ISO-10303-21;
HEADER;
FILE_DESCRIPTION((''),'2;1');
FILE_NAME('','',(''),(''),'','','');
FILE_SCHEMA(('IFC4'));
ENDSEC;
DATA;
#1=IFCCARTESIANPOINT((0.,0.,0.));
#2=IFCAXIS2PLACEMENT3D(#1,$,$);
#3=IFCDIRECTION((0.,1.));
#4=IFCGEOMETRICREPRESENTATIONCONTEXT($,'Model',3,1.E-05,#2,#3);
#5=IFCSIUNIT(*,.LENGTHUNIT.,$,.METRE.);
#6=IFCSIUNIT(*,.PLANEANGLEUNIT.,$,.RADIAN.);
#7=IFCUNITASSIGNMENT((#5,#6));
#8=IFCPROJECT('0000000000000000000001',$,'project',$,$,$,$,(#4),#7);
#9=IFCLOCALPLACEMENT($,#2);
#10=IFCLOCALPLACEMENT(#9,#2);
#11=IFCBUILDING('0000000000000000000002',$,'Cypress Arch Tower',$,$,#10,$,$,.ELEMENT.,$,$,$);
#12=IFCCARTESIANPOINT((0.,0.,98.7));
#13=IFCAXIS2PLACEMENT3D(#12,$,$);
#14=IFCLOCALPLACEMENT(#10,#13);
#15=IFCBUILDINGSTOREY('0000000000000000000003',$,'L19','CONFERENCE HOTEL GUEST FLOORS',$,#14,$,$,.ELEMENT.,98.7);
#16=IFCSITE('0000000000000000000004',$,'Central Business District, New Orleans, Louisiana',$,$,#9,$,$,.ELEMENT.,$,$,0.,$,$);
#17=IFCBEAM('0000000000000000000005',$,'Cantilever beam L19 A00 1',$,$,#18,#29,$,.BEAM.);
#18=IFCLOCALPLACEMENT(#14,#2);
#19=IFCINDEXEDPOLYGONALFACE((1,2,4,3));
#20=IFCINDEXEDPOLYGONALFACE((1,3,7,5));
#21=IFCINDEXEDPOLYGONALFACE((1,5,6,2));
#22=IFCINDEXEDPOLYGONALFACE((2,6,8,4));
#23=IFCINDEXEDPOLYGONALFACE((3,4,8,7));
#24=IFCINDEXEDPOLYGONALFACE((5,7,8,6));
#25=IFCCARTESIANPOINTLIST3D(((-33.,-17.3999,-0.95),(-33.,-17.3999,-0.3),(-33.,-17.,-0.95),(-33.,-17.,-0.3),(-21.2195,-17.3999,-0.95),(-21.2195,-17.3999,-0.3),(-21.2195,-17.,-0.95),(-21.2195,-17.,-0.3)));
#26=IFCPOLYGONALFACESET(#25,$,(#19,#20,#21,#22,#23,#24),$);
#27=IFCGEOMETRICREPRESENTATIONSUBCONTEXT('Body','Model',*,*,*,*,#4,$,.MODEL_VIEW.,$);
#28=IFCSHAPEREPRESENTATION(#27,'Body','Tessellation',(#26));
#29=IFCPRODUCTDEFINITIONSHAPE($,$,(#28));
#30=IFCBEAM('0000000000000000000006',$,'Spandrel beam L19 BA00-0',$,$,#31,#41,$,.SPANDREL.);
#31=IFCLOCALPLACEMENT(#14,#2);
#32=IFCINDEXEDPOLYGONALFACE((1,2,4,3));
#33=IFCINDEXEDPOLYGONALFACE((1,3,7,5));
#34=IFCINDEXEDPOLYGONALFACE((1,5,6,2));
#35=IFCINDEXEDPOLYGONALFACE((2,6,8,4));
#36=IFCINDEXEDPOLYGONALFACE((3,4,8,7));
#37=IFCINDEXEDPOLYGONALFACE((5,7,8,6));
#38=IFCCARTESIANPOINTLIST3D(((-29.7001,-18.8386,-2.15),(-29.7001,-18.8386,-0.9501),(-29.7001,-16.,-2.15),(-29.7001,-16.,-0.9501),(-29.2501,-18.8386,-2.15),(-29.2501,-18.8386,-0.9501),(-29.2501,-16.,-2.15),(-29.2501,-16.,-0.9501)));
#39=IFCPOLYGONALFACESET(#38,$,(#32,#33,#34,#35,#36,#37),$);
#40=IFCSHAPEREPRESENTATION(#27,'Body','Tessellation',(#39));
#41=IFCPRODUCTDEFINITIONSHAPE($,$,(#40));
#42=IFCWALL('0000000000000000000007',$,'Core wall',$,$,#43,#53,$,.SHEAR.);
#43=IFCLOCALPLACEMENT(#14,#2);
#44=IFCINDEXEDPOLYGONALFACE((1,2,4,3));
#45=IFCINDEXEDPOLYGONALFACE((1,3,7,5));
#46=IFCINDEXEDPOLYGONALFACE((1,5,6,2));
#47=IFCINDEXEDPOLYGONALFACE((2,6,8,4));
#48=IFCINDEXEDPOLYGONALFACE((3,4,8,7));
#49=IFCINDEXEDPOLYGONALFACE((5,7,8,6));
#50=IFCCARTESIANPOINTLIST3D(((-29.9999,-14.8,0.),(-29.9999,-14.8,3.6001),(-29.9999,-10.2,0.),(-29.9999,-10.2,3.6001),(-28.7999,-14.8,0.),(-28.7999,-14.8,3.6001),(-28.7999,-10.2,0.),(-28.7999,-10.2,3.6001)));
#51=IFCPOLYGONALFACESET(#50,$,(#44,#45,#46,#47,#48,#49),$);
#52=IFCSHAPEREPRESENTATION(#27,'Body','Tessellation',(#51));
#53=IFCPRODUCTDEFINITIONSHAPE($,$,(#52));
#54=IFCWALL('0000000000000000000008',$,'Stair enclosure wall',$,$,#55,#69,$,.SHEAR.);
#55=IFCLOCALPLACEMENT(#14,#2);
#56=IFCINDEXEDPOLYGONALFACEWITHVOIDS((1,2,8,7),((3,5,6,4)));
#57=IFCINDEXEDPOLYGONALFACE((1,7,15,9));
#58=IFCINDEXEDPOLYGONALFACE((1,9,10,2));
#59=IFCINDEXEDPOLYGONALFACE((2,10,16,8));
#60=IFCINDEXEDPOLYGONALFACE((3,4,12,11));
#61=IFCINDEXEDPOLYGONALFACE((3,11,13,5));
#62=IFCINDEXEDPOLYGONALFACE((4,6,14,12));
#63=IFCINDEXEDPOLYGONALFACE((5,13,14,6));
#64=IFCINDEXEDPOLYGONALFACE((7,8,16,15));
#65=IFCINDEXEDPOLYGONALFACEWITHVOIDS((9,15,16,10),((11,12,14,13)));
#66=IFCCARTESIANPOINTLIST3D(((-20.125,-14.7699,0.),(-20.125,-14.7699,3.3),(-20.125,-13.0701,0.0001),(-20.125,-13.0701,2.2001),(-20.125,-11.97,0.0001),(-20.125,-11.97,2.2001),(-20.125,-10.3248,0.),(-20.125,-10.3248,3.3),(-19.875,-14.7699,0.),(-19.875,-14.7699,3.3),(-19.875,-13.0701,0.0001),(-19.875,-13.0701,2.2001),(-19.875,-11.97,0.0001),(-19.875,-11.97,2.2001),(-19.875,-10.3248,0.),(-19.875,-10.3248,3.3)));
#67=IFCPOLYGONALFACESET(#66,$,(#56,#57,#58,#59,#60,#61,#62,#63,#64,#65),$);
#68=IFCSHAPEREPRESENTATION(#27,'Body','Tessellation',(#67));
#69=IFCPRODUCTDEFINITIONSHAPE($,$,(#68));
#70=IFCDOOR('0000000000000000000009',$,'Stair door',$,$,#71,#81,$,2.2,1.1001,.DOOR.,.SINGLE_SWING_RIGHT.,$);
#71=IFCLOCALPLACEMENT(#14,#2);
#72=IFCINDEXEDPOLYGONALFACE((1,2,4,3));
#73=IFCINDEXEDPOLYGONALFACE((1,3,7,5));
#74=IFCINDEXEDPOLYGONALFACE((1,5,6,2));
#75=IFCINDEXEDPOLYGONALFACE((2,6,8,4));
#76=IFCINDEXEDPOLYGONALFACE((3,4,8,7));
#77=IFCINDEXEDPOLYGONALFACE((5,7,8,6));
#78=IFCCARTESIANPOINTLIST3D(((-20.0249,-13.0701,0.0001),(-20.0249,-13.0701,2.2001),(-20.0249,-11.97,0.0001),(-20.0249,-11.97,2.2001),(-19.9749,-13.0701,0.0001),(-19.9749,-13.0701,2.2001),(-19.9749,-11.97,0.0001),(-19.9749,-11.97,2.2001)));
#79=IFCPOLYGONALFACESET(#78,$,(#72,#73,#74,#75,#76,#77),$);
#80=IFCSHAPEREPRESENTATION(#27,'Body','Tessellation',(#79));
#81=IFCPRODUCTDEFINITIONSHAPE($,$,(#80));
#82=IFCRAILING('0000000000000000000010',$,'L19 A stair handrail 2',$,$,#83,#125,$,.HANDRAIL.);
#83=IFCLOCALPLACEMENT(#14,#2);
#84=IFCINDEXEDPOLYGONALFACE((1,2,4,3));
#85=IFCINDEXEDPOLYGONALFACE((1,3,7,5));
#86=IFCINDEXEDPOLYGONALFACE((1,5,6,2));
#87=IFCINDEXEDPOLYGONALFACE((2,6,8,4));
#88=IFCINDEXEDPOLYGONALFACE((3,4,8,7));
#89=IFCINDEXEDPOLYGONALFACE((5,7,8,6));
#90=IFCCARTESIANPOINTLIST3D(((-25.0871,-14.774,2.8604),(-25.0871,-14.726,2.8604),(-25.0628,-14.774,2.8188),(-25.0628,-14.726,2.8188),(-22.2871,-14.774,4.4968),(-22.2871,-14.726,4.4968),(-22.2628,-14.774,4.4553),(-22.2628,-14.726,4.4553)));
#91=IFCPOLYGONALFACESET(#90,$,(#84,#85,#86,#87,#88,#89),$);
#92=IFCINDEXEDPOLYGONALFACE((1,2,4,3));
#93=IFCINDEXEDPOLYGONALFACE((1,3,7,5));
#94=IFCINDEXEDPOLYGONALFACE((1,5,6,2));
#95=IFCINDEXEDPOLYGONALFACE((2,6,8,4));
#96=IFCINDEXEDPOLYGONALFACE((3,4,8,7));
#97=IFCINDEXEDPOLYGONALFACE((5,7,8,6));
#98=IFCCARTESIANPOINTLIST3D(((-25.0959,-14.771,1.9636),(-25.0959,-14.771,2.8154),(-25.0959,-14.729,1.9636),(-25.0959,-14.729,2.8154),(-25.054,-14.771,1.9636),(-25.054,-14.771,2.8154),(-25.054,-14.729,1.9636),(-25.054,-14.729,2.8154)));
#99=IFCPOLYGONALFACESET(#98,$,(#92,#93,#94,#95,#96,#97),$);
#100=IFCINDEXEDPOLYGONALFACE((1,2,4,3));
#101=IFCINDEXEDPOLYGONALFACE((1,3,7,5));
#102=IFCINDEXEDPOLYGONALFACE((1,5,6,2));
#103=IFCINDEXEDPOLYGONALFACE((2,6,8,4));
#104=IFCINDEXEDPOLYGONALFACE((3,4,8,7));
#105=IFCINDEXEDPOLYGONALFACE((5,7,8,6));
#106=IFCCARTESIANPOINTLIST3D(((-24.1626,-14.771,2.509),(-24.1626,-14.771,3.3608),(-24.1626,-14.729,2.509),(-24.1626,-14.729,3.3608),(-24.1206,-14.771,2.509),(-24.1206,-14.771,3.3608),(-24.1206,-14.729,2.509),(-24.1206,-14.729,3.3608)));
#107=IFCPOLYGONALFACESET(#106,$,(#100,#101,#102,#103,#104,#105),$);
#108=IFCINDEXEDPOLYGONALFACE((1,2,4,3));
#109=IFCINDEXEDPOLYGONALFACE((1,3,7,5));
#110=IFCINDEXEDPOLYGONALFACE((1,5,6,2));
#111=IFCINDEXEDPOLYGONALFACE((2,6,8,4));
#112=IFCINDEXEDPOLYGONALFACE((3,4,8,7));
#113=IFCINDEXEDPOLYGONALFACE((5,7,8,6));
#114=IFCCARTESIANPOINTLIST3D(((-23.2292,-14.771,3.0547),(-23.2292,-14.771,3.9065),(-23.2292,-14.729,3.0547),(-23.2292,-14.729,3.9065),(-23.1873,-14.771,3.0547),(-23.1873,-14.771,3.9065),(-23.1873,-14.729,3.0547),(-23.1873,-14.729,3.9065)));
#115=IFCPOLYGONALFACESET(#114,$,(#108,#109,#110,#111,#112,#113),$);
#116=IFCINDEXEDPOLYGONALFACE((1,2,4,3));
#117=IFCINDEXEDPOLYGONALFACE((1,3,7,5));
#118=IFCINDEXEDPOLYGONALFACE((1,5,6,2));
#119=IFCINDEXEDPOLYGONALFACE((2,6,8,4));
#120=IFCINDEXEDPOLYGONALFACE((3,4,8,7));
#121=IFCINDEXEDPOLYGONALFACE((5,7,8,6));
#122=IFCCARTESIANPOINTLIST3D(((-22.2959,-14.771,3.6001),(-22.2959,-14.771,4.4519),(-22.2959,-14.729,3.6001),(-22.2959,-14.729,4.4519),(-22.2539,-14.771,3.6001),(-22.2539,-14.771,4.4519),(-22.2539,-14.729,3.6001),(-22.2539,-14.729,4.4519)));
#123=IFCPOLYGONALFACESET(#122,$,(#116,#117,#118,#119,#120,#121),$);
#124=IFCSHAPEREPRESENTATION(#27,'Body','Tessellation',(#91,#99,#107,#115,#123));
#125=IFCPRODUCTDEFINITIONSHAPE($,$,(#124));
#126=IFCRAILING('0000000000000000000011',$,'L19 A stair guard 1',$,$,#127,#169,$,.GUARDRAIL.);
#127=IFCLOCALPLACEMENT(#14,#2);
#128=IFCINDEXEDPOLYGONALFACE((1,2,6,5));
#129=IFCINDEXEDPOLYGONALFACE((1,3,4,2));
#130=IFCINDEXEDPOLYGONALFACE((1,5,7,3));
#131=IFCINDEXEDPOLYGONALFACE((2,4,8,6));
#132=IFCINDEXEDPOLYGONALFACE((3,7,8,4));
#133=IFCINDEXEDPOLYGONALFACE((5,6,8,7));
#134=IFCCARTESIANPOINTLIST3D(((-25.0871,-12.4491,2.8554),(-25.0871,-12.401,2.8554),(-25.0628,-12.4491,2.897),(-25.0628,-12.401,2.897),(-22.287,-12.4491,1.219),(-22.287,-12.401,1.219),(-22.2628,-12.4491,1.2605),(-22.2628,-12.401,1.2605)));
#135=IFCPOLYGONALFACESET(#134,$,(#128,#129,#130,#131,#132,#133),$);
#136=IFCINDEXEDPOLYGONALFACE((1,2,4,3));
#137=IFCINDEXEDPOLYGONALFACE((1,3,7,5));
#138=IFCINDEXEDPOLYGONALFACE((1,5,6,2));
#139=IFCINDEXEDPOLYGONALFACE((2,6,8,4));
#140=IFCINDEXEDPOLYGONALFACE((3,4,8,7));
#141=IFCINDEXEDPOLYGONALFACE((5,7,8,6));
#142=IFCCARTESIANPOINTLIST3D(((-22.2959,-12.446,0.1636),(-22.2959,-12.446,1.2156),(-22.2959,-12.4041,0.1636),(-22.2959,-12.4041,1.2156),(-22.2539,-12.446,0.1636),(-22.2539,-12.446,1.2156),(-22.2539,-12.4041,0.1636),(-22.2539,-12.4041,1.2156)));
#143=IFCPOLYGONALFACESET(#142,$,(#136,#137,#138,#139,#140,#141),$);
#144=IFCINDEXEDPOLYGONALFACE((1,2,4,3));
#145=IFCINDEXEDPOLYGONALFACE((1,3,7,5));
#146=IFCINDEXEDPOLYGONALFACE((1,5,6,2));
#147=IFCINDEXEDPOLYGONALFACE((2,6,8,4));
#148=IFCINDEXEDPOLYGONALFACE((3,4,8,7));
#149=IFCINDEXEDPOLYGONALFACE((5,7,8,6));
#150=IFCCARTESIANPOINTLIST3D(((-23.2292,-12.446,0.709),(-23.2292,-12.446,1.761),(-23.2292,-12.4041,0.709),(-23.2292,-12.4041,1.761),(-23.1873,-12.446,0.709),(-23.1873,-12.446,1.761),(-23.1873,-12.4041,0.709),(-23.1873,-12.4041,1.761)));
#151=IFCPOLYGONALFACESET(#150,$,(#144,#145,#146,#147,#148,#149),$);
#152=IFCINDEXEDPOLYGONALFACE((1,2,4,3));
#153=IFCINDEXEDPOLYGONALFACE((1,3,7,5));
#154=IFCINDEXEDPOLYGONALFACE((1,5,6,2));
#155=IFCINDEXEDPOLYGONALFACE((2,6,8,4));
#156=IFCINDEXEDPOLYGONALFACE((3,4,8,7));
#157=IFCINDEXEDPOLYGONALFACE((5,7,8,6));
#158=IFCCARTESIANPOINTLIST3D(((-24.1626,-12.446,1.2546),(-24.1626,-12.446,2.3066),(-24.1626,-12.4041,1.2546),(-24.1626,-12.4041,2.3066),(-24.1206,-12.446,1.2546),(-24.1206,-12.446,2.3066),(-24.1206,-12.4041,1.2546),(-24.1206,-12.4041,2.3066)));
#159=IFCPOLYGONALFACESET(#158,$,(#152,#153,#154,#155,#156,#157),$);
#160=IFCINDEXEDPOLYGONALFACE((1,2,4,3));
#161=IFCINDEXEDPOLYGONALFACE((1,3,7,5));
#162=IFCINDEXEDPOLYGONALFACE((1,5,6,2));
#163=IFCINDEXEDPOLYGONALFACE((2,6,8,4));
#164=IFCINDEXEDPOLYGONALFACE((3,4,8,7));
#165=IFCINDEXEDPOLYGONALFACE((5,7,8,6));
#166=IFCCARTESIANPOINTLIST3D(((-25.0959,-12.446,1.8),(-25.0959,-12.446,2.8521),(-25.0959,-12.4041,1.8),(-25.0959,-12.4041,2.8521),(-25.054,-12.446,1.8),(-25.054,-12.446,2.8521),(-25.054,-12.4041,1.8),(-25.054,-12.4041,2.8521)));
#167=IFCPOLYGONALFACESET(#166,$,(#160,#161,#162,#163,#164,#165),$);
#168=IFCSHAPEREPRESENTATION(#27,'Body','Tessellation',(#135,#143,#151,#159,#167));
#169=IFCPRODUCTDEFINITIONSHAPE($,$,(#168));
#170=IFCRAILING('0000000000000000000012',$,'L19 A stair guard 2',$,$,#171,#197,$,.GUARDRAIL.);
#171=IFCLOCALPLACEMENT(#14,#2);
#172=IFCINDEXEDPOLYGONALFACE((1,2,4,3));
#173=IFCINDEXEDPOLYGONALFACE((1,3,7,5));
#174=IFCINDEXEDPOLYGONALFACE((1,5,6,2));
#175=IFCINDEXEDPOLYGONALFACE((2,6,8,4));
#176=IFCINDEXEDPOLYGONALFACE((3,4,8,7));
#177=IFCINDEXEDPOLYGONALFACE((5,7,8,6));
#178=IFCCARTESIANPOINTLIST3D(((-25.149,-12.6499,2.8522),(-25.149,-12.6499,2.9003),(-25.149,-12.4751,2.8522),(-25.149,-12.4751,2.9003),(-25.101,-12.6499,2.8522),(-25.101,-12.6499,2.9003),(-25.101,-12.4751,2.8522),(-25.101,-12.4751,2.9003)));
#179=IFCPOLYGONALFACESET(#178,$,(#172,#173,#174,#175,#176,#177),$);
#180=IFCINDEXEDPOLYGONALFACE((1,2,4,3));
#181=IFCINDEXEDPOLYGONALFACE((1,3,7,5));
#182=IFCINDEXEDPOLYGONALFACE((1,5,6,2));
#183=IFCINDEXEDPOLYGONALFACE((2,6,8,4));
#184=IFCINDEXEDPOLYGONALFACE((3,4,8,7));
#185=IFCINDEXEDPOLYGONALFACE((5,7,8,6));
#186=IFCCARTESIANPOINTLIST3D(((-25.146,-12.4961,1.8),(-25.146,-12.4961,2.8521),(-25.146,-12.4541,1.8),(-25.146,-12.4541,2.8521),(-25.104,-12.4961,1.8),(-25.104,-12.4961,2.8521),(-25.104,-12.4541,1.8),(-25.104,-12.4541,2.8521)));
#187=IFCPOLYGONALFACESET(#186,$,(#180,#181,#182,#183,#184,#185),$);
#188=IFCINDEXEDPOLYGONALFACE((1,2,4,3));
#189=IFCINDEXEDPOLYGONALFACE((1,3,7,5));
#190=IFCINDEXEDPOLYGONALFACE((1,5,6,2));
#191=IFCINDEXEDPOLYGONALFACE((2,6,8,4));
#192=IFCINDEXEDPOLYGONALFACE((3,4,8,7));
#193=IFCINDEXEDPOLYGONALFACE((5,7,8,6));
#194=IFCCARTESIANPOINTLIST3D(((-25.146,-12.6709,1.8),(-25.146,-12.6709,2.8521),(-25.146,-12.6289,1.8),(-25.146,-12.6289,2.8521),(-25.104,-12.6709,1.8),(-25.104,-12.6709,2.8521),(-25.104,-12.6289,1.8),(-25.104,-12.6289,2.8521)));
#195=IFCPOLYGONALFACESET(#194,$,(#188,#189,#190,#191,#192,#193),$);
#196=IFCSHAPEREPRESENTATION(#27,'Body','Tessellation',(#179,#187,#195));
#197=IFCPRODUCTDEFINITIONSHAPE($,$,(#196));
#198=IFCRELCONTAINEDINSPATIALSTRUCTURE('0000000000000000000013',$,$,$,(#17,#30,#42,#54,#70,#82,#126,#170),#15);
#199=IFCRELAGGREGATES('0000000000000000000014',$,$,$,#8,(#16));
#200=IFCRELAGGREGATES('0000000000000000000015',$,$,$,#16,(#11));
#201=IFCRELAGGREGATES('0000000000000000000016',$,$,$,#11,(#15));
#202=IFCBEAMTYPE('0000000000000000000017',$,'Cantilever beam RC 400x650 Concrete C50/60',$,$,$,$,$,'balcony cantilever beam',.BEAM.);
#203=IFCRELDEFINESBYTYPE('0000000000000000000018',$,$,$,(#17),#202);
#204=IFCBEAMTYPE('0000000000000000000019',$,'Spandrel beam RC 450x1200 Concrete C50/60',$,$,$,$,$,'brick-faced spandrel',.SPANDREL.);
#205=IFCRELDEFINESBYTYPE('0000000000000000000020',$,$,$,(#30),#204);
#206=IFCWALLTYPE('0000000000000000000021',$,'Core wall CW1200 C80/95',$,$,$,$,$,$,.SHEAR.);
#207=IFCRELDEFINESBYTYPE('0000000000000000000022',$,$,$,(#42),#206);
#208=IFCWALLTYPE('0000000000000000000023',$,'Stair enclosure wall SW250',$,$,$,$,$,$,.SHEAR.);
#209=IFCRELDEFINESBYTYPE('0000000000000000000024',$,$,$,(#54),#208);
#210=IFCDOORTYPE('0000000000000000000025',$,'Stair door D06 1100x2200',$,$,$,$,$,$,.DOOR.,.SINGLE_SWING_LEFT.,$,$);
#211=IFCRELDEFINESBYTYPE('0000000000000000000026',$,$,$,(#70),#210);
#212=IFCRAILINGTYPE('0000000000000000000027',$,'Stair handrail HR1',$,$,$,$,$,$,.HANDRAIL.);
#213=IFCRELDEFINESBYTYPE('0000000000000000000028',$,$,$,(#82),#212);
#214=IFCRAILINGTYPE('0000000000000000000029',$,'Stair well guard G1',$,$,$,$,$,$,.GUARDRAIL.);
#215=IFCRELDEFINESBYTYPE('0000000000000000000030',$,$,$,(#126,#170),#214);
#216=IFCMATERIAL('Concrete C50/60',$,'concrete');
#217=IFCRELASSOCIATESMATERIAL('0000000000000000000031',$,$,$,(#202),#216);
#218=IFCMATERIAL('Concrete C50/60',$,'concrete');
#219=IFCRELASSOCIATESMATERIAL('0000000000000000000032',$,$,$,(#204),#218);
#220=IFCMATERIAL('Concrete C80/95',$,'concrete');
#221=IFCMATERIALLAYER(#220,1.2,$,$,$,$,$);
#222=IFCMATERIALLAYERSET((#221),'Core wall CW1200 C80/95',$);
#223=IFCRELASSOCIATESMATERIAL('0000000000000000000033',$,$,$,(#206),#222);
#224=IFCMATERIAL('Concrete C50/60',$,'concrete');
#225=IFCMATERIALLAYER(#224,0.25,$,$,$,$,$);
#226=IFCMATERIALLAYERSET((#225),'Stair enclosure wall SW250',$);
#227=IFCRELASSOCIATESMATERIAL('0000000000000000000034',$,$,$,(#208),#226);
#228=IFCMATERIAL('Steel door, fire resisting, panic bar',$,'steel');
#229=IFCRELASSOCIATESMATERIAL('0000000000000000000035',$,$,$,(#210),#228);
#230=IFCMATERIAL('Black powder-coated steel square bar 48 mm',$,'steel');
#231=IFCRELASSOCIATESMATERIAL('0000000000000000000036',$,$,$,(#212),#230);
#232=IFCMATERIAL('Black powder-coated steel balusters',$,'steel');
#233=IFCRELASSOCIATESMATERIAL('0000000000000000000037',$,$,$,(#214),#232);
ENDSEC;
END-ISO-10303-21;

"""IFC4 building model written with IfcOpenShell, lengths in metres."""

from ifc_helpers import new_model, si_unit, direction, frame, frame_2d, origin, origin_2d, place, context, subcontext, project, spatial, rectangle, extrude, material, layer, layer_set, material_profile, profile_set, type_object, element, fill, save


model = new_model("IFC4")

# Units and contexts
model_context = context("Model", 3, precision=1e-05, world=origin(), true_north=direction((0.0, 1.0)))
body_context = subcontext(model_context, "Body", "Model", "MODEL_VIEW")
ifc_project = project(units=[si_unit("LENGTHUNIT", "METRE"), si_unit("PLANEANGLEUNIT", "RADIAN")], contexts=[model_context])

# Site, building, storey
site_placement = place(None, origin())
site = spatial("IfcSite", under=ifc_project, at=site_placement, Name="Central Business District, New Orleans, Louisiana", CompositionType="ELEMENT", RefElevation=0.0)
building_placement = place(site_placement, origin())
building = spatial("IfcBuilding", under=site, at=building_placement, Name="Cypress Arch Tower", CompositionType="ELEMENT")
storey_placement = place(building_placement, frame((0.0, 0.0, 98.7)))
storey = spatial("IfcBuildingStorey", under=building, at=storey_placement, Name="L19", Description="CONFERENCE HOTEL GUEST FLOORS", CompositionType="ELEMENT", Elevation=98.7)

# Beams
ifc_material_1 = material(Name="Concrete C50/60", Category="concrete")
ifc_material_profile_1 = material_profile(ifc_material_1, rectangle(XDim=0.3999, YDim=0.6499, at=origin_2d()), Name="RC 400x650")
ifc_profile_set_1 = profile_set([ifc_material_profile_1], Name="Concrete C50/60")
beam_type_1 = type_object("IfcBeamType", Name="Cantilever beam RC 400x650 Concrete C50/60", ElementType="balcony cantilever beam", PredefinedType="BEAM", material=ifc_profile_set_1)
beam_1_placement = place(storey_placement, frame((-21.2195, -17.2, -0.625), z_axis=(-1.0, 0.0, 0.0), x_axis=(0.0, -1.0, 0.0)))
element("IfcBeam", 1, at=beam_1_placement, inside=storey, type_object=beam_type_1, Name="Cantilever beam L19 A00 1", PredefinedType="BEAM", context=body_context, shape_type="SweptSolid", body=[
    extrude(rectangle(XDim=0.3999, YDim=0.6499, at=origin_2d()), origin(), (0.0, 0.0, 1.0), 11.7805),
])
ifc_material_2 = material(Name="Concrete C50/60", Category="concrete")
ifc_material_profile_2 = material_profile(ifc_material_2, rectangle(XDim=0.45, YDim=1.2, at=origin_2d()), Name="RC 450x1200")
ifc_profile_set_2 = profile_set([ifc_material_profile_2], Name="Concrete C50/60")
beam_type_2 = type_object("IfcBeamType", Name="Spandrel beam RC 450x1200 Concrete C50/60", ElementType="brick-faced spandrel", PredefinedType="SPANDREL", material=ifc_profile_set_2)
beam_2_placement = place(storey_placement, frame((-29.4751, -16.0, -1.55), z_axis=(0.0, -1.0, 0.0), x_axis=(1.0, 0.0, 0.0)))
element("IfcBeam", 2, at=beam_2_placement, inside=storey, type_object=beam_type_2, Name="Spandrel beam L19 BA00-0", PredefinedType="SPANDREL", context=body_context, shape_type="SweptSolid", body=[
    extrude(rectangle(XDim=0.45, YDim=1.2, at=origin_2d()), origin(), (0.0, 0.0, 1.0), 2.8386),
])

# Shared definitions
ifc_material_3 = material(Name="Concrete C80/95", Category="concrete")
ifc_layer_1 = layer(ifc_material_3, 1.2)
ifc_layer_set_1 = layer_set([ifc_layer_1], Name="Core wall CW1200 C80/95")
wall_type_1 = type_object("IfcWallType", Name="Core wall CW1200 C80/95", PredefinedType="SHEAR", material=ifc_layer_set_1)

# Wall
wall_1_placement = place(storey_placement, frame((-29.3999, -14.8, 0.0), z_axis=(0.0, 0.0, 1.0), x_axis=(0.0, 1.0, 0.0)))
element("IfcWall", 3, at=wall_1_placement, inside=storey, type_object=wall_type_1, Name="Core wall", PredefinedType="SHEAR", context=body_context, shape_type="SweptSolid", body=[
    extrude(rectangle(XDim=4.6001, YDim=1.2, at=frame_2d((2.3, 0.0))), origin(), (0.0, 0.0, 1.0), 3.6001),
])

# Wall, opening, door
ifc_material_4 = material(Name="Concrete C50/60", Category="concrete")
ifc_layer_2 = layer(ifc_material_4, 0.25)
ifc_layer_set_2 = layer_set([ifc_layer_2], Name="Stair enclosure wall SW250")
wall_type_2 = type_object("IfcWallType", Name="Stair enclosure wall SW250", PredefinedType="SHEAR", material=ifc_layer_set_2)
wall_2_placement = place(storey_placement, frame((-20.0, -14.77, 0.0), z_axis=(0.0, 0.0, 1.0), x_axis=(0.0, 1.0, 0.0)))
wall_2 = element("IfcWall", 4, at=wall_2_placement, inside=storey, type_object=wall_type_2, Name="Stair enclosure wall", PredefinedType="SHEAR", context=body_context, shape_type="SweptSolid", body=[
    extrude(rectangle(XDim=4.4451, YDim=0.25, at=frame_2d((2.2227, 0.0))), origin(), (0.0, 0.0, 1.0), 3.3),
])
opening_1_placement = place(wall_2_placement, frame((1.7, 0.0, 0.0)))
opening_1 = element("IfcOpeningElement", 5, at=opening_1_placement, cuts=wall_2, PredefinedType="OPENING", context=body_context, shape_type="SweptSolid", body=[
    extrude(rectangle(XDim=1.1001, YDim=2.2, at=frame_2d((0.55, 1.1001))), frame((0.0, 0.135, 0.0), z_axis=(0.0, -1.0, 0.0), x_axis=(1.0, 0.0, 0.0)), (0.0, 0.0, 1.0), 0.27),
])
ifc_material_5 = material(Name="Steel door, fire resisting, panic bar", Category="steel")
door_type_1 = type_object("IfcDoorType", Name="Stair door D06 1100x2200", OperationType="SINGLE_SWING_LEFT", PredefinedType="DOOR", material=ifc_material_5)
door_1_placement = place(opening_1_placement, origin())
door_1 = element("IfcDoor", 6, at=door_1_placement, inside=storey, type_object=door_type_1, Name="Stair door", OperationType="SINGLE_SWING_RIGHT", OverallHeight=2.2, OverallWidth=1.1001, PredefinedType="DOOR", context=body_context, shape_type="SweptSolid", body=[
    extrude(rectangle(XDim=1.1001, YDim=2.2, at=frame_2d((0.55, 1.1001))), frame((0.0, 0.0249, 0.0), z_axis=(0.0, -1.0, 0.0), x_axis=(1.0, 0.0, 0.0)), (0.0, 0.0, 1.0), 0.05),
])
fill(opening_1, door_1)

# Railings
ifc_material_6 = material(Name="Black powder-coated steel square bar 48 mm", Category="steel")
railing_type_1 = type_object("IfcRailingType", Name="Stair handrail HR1", PredefinedType="HANDRAIL", material=ifc_material_6)
railing_1_placement = place(storey_placement, frame((-25.075, -14.75, 1.9636)))
element("IfcRailing", 7, at=railing_1_placement, inside=storey, type_object=railing_type_1, Name="L19 A stair handrail 2", PredefinedType="HANDRAIL", context=body_context, shape_type="SweptSolid", body=[
    extrude(rectangle(XDim=0.0481, YDim=0.0481, at=origin_2d()), frame((0.0, 0.0, 0.876), z_axis=(0.863361, 0.0, 0.504587), x_axis=(0.0, 1.0, 0.0)), (0.0, 0.0, 1.0), 3.2432),
    extrude(rectangle(XDim=0.042, YDim=0.042, at=origin_2d()), origin(), (0.0, 0.0, 1.0), 0.8518),
    extrude(rectangle(XDim=0.042, YDim=0.042, at=origin_2d()), frame((0.9333, 0.0, 0.5454)), (0.0, 0.0, 1.0), 0.8518),
    extrude(rectangle(XDim=0.042, YDim=0.042, at=origin_2d()), frame((1.8667, 0.0, 1.0911)), (0.0, 0.0, 1.0), 0.8518),
    extrude(rectangle(XDim=0.042, YDim=0.042, at=origin_2d()), frame((2.8, 0.0, 1.6365)), (0.0, 0.0, 1.0), 0.8518),
])
ifc_material_7 = material(Name="Black powder-coated steel balusters", Category="steel")
railing_type_2 = type_object("IfcRailingType", Name="Stair well guard G1", PredefinedType="GUARDRAIL", material=ifc_material_7)
railing_2_placement = place(storey_placement, frame((-22.2749, -12.425, 0.1636)))
element("IfcRailing", 8, at=railing_2_placement, inside=storey, type_object=railing_type_2, Name="L19 A stair guard 1", PredefinedType="GUARDRAIL", context=body_context, shape_type="SweptSolid", body=[
    extrude(rectangle(XDim=0.0481, YDim=0.0481, at=origin_2d()), frame((0.0, 0.0, 1.0762), z_axis=(-0.863361, 0.0, 0.504587), x_axis=(0.0, -1.0, 0.0)), (0.0, 0.0, 1.0), 3.2432),
    extrude(rectangle(XDim=0.042, YDim=0.042, at=origin_2d()), origin(), (0.0, 0.0, 1.0), 1.052),
    extrude(rectangle(XDim=0.042, YDim=0.042, at=origin_2d()), frame((-0.9333, 0.0, 0.5454)), (0.0, 0.0, 1.0), 1.052),
    extrude(rectangle(XDim=0.042, YDim=0.042, at=origin_2d()), frame((-1.8667, 0.0, 1.0911)), (0.0, 0.0, 1.0), 1.052),
    extrude(rectangle(XDim=0.042, YDim=0.042, at=origin_2d()), frame((-2.8, 0.0, 1.6365)), (0.0, 0.0, 1.0), 1.052),
])
railing_3_placement = place(storey_placement, frame((-25.125, -12.4751, 1.8)))
element("IfcRailing", 9, at=railing_3_placement, inside=storey, type_object=railing_type_2, Name="L19 A stair guard 2", PredefinedType="GUARDRAIL", context=body_context, shape_type="SweptSolid", body=[
    extrude(rectangle(XDim=0.0481, YDim=0.0481, at=origin_2d()), frame((0.0, 0.0, 1.0762), z_axis=(0.0, -1.0, 0.0), x_axis=(1.0, 0.0, 0.0)), (0.0, 0.0, 1.0), 0.1748),
    extrude(rectangle(XDim=0.042, YDim=0.042, at=origin_2d()), origin(), (0.0, 0.0, 1.0), 1.052),
    extrude(rectangle(XDim=0.042, YDim=0.042, at=origin_2d()), frame((0.0, -0.1748, 0.0)), (0.0, 0.0, 1.0), 1.052),
])

save(model, "model.ifc")
